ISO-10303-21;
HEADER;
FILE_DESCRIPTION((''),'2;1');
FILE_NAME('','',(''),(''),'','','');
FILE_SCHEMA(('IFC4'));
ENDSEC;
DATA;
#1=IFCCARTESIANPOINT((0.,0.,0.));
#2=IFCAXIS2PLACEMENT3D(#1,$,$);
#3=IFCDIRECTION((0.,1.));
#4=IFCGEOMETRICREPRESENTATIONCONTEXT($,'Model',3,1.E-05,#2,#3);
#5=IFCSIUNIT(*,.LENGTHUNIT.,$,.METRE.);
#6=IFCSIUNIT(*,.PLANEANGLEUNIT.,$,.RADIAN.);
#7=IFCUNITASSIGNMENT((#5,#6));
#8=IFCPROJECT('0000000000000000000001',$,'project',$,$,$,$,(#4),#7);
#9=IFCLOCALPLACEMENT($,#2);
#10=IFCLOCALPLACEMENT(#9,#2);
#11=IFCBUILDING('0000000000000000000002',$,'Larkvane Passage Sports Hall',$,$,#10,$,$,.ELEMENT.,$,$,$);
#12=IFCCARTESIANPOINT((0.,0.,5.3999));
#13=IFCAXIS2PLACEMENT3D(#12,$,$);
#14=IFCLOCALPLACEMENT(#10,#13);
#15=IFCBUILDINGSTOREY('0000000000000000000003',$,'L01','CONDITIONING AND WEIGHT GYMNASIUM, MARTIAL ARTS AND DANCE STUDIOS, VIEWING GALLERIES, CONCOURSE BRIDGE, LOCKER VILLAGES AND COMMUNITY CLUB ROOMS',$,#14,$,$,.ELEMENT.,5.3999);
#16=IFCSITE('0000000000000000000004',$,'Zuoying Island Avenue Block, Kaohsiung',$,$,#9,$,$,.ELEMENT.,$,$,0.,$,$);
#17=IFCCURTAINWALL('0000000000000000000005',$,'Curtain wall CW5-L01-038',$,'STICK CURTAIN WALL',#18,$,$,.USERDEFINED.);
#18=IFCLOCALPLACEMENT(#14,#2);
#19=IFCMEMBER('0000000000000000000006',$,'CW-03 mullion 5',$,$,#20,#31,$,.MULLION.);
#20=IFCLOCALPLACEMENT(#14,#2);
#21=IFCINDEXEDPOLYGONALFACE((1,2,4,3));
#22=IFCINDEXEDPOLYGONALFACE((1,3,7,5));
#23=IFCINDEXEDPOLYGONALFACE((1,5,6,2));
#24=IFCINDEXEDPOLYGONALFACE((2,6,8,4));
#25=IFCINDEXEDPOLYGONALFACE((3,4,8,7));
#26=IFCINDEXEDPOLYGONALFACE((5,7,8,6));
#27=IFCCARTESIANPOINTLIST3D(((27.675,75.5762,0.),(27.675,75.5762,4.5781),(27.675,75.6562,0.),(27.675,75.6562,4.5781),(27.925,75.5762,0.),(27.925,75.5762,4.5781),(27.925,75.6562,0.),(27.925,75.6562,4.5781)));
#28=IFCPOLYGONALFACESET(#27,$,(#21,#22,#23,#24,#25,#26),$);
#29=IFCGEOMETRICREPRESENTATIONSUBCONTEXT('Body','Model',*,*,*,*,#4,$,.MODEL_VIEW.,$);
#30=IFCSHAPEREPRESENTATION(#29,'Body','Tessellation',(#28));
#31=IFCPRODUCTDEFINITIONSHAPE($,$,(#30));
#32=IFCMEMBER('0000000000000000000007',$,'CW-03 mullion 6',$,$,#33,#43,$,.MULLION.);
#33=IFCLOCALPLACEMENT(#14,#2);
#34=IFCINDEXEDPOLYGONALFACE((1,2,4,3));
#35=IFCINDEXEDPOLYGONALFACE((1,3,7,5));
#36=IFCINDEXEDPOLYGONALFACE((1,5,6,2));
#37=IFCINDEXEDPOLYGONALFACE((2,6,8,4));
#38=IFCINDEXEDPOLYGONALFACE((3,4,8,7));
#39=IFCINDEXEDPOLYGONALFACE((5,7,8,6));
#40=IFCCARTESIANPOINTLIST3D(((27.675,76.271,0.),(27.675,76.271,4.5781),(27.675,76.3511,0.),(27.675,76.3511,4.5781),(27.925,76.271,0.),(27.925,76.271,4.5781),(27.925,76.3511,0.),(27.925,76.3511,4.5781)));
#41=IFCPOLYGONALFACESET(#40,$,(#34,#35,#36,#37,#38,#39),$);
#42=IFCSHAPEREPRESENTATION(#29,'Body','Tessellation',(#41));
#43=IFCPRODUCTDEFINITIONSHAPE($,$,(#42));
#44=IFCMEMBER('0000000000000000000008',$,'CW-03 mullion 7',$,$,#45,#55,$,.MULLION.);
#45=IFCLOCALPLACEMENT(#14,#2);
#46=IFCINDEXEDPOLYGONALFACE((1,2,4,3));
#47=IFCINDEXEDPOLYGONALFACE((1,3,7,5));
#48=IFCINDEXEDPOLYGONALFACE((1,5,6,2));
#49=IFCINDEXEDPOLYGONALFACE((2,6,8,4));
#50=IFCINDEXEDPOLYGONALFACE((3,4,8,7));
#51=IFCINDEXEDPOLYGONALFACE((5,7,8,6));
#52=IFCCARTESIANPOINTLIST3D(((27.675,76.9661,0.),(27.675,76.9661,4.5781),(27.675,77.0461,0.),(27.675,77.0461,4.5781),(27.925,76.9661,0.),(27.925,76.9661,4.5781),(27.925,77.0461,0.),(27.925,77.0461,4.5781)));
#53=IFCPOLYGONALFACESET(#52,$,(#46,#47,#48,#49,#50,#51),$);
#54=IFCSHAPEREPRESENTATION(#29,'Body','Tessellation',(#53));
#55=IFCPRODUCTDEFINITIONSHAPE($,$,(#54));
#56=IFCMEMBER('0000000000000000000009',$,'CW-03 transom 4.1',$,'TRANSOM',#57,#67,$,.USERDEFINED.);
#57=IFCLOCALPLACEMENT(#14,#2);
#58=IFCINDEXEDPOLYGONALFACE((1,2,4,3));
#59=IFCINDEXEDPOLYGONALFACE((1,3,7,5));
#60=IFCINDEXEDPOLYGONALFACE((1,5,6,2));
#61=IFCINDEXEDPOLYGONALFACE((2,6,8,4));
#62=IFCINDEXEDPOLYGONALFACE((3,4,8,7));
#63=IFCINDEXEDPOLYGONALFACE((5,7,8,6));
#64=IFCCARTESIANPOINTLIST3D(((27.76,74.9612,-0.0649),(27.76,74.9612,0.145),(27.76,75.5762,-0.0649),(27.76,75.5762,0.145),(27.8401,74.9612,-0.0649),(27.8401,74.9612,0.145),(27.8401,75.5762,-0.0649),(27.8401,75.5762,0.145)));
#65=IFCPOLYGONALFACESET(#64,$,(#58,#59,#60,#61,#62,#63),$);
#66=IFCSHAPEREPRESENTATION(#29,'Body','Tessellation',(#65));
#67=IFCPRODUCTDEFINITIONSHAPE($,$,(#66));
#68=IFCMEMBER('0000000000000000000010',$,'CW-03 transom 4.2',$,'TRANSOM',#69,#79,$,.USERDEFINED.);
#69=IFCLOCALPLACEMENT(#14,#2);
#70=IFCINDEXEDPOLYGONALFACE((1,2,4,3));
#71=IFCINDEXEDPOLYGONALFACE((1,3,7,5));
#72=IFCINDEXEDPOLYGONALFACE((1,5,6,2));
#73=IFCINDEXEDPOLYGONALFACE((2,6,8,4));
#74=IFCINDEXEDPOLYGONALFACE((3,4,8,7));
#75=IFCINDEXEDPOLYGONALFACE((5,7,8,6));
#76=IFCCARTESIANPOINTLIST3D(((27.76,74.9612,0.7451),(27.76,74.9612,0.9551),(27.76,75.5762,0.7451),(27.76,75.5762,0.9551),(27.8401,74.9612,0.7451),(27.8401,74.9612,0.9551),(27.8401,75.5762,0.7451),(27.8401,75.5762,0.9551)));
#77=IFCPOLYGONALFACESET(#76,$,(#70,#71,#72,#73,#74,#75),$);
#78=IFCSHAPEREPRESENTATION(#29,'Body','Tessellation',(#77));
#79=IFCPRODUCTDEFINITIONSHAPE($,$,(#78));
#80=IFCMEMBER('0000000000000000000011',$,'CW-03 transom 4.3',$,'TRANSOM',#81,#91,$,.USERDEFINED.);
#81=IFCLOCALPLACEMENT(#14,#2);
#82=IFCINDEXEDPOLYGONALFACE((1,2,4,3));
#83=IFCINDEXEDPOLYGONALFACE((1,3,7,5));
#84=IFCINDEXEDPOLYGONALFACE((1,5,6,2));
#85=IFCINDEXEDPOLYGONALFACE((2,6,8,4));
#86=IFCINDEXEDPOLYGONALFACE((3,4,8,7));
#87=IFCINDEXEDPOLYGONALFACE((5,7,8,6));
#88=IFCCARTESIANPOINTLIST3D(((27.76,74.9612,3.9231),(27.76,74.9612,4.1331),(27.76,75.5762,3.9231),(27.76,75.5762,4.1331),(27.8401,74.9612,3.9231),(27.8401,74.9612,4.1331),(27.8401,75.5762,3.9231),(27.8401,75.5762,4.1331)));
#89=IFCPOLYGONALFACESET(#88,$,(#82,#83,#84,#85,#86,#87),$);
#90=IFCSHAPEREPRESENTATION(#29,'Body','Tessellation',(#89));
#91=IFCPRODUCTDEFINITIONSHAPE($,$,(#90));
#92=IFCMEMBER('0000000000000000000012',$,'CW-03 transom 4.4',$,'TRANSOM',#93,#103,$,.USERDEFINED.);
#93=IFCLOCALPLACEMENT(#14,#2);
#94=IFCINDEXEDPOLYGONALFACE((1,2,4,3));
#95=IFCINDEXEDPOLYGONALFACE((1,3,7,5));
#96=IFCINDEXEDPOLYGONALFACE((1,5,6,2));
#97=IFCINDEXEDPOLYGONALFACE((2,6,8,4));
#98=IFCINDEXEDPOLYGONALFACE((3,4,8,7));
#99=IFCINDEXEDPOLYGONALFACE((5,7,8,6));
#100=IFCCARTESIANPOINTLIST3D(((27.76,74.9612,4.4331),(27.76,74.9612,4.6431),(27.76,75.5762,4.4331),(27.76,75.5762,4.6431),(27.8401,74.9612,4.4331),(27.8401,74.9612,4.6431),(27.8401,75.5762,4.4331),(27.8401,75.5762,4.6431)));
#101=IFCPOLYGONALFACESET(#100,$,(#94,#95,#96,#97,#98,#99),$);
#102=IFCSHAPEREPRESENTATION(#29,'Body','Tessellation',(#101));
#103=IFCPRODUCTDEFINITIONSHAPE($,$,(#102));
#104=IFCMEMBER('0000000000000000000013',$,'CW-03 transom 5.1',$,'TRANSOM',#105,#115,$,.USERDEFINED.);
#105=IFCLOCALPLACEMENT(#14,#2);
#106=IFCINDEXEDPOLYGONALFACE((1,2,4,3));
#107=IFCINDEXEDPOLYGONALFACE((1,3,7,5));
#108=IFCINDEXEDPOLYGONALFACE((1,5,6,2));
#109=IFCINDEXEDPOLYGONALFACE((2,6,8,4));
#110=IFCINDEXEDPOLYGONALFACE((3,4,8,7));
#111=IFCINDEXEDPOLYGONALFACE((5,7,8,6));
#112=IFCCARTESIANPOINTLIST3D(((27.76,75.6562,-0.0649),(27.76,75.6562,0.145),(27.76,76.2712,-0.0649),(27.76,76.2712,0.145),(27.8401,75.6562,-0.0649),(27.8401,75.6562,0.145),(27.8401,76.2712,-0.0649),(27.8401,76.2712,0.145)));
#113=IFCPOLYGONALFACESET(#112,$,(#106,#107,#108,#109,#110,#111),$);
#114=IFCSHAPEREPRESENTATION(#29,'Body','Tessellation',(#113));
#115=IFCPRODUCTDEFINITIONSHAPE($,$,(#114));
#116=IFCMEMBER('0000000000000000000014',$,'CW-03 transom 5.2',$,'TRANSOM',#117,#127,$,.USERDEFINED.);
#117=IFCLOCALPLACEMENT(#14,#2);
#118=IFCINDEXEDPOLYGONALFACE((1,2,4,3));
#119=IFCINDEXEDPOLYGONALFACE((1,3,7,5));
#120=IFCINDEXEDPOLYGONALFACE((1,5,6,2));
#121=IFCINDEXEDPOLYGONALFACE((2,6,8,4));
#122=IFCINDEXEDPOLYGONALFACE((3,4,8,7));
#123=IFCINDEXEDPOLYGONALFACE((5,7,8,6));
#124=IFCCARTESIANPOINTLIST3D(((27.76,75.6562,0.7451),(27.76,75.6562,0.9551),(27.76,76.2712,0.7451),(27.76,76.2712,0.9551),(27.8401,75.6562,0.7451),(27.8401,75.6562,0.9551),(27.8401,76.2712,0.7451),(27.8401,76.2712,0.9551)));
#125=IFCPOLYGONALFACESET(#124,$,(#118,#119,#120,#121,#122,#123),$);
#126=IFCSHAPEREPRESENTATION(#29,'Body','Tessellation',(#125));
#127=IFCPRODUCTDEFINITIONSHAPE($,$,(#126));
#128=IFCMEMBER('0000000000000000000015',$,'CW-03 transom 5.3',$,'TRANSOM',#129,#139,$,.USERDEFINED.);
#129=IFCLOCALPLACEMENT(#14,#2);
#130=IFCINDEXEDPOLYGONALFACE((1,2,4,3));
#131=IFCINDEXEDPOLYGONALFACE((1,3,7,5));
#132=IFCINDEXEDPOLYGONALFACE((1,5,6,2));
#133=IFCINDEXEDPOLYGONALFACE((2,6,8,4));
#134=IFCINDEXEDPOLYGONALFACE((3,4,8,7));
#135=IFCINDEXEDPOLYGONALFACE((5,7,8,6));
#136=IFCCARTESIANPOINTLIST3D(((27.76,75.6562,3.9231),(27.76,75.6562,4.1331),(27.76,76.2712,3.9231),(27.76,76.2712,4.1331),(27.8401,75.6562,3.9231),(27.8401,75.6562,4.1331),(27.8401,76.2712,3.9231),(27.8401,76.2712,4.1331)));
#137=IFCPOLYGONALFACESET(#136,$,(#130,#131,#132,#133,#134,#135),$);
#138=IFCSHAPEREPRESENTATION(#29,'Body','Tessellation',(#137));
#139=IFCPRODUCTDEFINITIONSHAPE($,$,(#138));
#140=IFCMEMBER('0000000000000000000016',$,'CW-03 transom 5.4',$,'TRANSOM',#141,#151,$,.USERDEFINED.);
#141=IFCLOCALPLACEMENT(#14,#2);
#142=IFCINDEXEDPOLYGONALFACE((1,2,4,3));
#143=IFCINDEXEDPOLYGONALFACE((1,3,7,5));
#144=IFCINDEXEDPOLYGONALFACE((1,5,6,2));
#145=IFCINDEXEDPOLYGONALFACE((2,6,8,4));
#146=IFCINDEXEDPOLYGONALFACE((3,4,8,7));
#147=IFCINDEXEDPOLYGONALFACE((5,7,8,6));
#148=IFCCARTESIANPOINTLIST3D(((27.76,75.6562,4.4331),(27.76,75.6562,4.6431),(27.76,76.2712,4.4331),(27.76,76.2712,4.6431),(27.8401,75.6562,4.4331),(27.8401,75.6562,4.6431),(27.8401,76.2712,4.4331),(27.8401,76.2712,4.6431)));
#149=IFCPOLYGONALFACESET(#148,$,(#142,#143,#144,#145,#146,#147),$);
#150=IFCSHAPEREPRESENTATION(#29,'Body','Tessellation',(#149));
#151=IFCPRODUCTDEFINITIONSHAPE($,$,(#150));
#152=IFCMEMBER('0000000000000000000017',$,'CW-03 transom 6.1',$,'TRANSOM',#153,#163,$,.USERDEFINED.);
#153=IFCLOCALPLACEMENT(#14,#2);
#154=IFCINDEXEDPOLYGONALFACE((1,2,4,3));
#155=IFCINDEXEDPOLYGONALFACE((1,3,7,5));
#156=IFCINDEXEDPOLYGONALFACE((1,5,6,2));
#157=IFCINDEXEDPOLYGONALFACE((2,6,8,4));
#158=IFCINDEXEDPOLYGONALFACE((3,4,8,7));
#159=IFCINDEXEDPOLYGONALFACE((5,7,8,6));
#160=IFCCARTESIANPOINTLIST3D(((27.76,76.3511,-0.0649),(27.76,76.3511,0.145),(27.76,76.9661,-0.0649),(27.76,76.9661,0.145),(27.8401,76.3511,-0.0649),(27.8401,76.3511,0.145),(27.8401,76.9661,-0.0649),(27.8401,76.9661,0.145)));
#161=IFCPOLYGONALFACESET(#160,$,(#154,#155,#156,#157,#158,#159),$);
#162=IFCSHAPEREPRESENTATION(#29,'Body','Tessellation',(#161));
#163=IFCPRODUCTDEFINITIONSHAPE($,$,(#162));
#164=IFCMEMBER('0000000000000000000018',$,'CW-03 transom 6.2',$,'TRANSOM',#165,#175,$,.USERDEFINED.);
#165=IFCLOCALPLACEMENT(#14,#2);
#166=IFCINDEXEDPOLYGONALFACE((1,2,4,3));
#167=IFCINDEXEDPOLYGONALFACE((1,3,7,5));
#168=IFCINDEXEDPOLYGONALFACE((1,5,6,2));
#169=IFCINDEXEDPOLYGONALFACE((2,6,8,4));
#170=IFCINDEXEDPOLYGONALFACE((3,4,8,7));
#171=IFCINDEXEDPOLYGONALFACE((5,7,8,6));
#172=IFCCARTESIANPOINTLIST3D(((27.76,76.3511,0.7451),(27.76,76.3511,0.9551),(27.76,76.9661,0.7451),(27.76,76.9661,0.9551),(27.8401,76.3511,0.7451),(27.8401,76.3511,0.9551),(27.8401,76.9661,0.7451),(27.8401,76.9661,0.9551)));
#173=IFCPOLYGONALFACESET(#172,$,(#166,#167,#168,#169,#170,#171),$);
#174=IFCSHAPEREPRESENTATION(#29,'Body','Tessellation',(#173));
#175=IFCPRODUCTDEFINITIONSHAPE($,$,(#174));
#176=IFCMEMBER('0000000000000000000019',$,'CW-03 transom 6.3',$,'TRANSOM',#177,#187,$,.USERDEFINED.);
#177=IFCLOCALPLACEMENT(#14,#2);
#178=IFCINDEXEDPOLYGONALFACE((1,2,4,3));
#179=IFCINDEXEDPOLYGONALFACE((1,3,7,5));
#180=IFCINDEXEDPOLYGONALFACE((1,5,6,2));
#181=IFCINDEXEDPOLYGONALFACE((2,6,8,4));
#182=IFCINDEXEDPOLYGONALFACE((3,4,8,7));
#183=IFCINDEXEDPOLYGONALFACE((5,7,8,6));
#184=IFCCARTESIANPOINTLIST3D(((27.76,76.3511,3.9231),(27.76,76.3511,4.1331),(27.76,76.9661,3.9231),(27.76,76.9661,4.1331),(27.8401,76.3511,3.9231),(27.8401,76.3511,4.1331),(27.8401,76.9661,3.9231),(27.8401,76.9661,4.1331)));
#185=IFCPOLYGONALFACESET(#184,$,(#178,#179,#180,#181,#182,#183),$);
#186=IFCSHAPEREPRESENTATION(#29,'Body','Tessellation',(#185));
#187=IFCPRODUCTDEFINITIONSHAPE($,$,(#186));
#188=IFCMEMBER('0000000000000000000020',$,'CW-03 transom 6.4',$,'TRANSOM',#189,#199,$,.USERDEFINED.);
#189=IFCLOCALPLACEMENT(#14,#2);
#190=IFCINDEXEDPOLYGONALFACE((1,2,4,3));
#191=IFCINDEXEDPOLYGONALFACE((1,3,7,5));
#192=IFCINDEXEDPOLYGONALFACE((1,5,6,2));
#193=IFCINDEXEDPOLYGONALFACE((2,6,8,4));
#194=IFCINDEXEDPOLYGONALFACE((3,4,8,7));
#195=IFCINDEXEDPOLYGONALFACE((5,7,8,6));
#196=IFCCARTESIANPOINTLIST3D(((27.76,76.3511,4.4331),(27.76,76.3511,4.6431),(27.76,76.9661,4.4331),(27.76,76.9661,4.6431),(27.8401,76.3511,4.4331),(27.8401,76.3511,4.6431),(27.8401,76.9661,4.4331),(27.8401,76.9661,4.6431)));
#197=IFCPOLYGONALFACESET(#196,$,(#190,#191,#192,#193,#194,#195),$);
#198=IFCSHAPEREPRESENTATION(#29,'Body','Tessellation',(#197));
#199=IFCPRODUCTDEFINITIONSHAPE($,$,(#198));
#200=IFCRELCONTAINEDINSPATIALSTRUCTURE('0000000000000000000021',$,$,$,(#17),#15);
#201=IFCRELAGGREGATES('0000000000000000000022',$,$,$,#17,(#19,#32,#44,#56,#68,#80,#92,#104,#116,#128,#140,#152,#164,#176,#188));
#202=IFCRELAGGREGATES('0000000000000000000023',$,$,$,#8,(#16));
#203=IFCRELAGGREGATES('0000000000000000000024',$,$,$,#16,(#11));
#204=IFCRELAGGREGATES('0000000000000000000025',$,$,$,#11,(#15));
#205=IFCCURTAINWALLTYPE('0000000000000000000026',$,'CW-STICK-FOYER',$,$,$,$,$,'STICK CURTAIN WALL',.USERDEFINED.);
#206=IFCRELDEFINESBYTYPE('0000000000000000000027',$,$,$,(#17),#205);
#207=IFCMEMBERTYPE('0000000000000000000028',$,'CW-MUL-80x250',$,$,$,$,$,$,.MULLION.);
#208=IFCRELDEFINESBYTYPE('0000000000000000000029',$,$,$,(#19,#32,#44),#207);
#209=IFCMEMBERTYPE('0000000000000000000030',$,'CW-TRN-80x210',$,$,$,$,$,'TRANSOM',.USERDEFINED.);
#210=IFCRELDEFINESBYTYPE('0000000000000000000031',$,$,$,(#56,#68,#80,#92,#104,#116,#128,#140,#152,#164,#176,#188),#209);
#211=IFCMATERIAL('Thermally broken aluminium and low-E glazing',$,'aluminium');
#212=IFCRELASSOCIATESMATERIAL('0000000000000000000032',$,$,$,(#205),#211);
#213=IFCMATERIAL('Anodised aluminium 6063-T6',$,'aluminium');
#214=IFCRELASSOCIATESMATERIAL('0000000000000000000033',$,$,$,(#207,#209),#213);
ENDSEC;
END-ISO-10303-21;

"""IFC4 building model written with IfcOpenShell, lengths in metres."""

from ifc_helpers import new_model, si_unit, direction, frame, origin, origin_2d, place, context, subcontext, project, spatial, rectangle, extrude, material, material_profile, profile_set, type_object, element, aggregate, save


model = new_model("IFC4")

# Units and contexts
model_context = context("Model", 3, precision=1e-05, world=origin(), true_north=direction((0.0, 1.0)))
body_context = subcontext(model_context, "Body", "Model", "MODEL_VIEW")
ifc_project = project(units=[si_unit("LENGTHUNIT", "METRE"), si_unit("PLANEANGLEUNIT", "RADIAN")], contexts=[model_context])

# Site, building, storey
site_placement = place(None, origin())
site = spatial("IfcSite", under=ifc_project, at=site_placement, Name="Zuoying Island Avenue Block, Kaohsiung", CompositionType="ELEMENT", RefElevation=0.0)
building_placement = place(site_placement, origin())
building = spatial("IfcBuilding", under=site, at=building_placement, Name="Larkvane Passage Sports Hall", CompositionType="ELEMENT")
storey_placement = place(building_placement, frame((0.0, 0.0, 5.3999)))
storey = spatial("IfcBuildingStorey", under=building, at=storey_placement, Name="L01", Description="CONDITIONING AND WEIGHT GYMNASIUM, MARTIAL ARTS AND DANCE STUDIOS, VIEWING GALLERIES, CONCOURSE BRIDGE, LOCKER VILLAGES AND COMMUNITY CLUB ROOMS", CompositionType="ELEMENT", Elevation=5.3999)

# Curtain wall, members
ifc_material_1 = material(Name="Thermally broken aluminium and low-E glazing", Category="aluminium")
curtain_wall_type = type_object("IfcCurtainWallType", Name="CW-STICK-FOYER", ElementType="STICK CURTAIN WALL", PredefinedType="USERDEFINED", material=ifc_material_1)
curtain_wall_placement = place(storey_placement, origin())
curtain_wall = element("IfcCurtainWall", 1, at=curtain_wall_placement, inside=storey, type_object=curtain_wall_type, Name="Curtain wall CW5-L01-038", ObjectType="STICK CURTAIN WALL", PredefinedType="USERDEFINED")
ifc_material_2 = material(Name="Anodised aluminium 6063-T6", Category="aluminium")
ifc_material_profile_1 = material_profile(ifc_material_2, rectangle(XDim=0.0801, YDim=0.25, at=origin_2d()), Name="ALU-MUL-80x250")
ifc_profile_set_1 = profile_set([ifc_material_profile_1], Name="Anodised aluminium 6063-T6")
member_type_1 = type_object("IfcMemberType", Name="CW-MUL-80x250", PredefinedType="MULLION", material=ifc_profile_set_1)
member_1_placement = place(storey_placement, frame((27.8, 75.6162, 0.0), z_axis=(0.0, 0.0, 1.0), x_axis=(0.0, 1.0, 0.0)))
member_1 = element("IfcMember", 2, at=member_1_placement, type_object=member_type_1, Name="CW-03 mullion 5", PredefinedType="MULLION", context=body_context, shape_type="SweptSolid", body=[
    extrude(rectangle(XDim=0.0801, YDim=0.25, at=origin_2d()), origin(), (0.0, 0.0, 1.0), 4.5781),
])
member_2_placement = place(storey_placement, frame((27.8, 76.311, 0.0), z_axis=(0.0, 0.0, 1.0), x_axis=(0.0, 1.0, 0.0)))
member_2 = element("IfcMember", 3, at=member_2_placement, type_object=member_type_1, Name="CW-03 mullion 6", PredefinedType="MULLION", context=body_context, shape_type="SweptSolid", body=[
    extrude(rectangle(XDim=0.0801, YDim=0.25, at=origin_2d()), origin(), (0.0, 0.0, 1.0), 4.5781),
])
member_3_placement = place(storey_placement, frame((27.8, 77.0061, 0.0), z_axis=(0.0, 0.0, 1.0), x_axis=(0.0, 1.0, 0.0)))
member_3 = element("IfcMember", 4, at=member_3_placement, type_object=member_type_1, Name="CW-03 mullion 7", PredefinedType="MULLION", context=body_context, shape_type="SweptSolid", body=[
    extrude(rectangle(XDim=0.0801, YDim=0.25, at=origin_2d()), origin(), (0.0, 0.0, 1.0), 4.5781),
])
ifc_material_profile_2 = material_profile(ifc_material_2, rectangle(XDim=0.0801, YDim=0.21, at=origin_2d()), Name="ALU-TRN-80x210")
ifc_profile_set_2 = profile_set([ifc_material_profile_2], Name="Anodised aluminium 6063-T6")
member_type_2 = type_object("IfcMemberType", Name="CW-TRN-80x210", ElementType="TRANSOM", PredefinedType="USERDEFINED", material=ifc_profile_set_2)
member_4_placement = place(storey_placement, frame((27.8, 74.9612, 0.04), z_axis=(0.0, 1.0, 0.0), x_axis=(-1.0, 0.0, 0.0)))
member_4 = element("IfcMember", 5, at=member_4_placement, type_object=member_type_2, Name="CW-03 transom 4.1", ObjectType="TRANSOM", PredefinedType="USERDEFINED", context=body_context, shape_type="SweptSolid", body=[
    extrude(rectangle(XDim=0.0801, YDim=0.21, at=origin_2d()), origin(), (0.0, 0.0, 1.0), 0.615),
])
member_5_placement = place(storey_placement, frame((27.8, 74.9612, 0.8501), z_axis=(0.0, 1.0, 0.0), x_axis=(-1.0, 0.0, 0.0)))
member_5 = element("IfcMember", 6, at=member_5_placement, type_object=member_type_2, Name="CW-03 transom 4.2", ObjectType="TRANSOM", PredefinedType="USERDEFINED", context=body_context, shape_type="SweptSolid", body=[
    extrude(rectangle(XDim=0.0801, YDim=0.21, at=origin_2d()), origin(), (0.0, 0.0, 1.0), 0.615),
])
member_6_placement = place(storey_placement, frame((27.8, 74.9612, 4.0281), z_axis=(0.0, 1.0, 0.0), x_axis=(-1.0, 0.0, 0.0)))
member_6 = element("IfcMember", 7, at=member_6_placement, type_object=member_type_2, Name="CW-03 transom 4.3", ObjectType="TRANSOM", PredefinedType="USERDEFINED", context=body_context, shape_type="SweptSolid", body=[
    extrude(rectangle(XDim=0.0801, YDim=0.21, at=origin_2d()), origin(), (0.0, 0.0, 1.0), 0.615),
])
member_7_placement = place(storey_placement, frame((27.8, 74.9612, 4.5381), z_axis=(0.0, 1.0, 0.0), x_axis=(-1.0, 0.0, 0.0)))
member_7 = element("IfcMember", 8, at=member_7_placement, type_object=member_type_2, Name="CW-03 transom 4.4", ObjectType="TRANSOM", PredefinedType="USERDEFINED", context=body_context, shape_type="SweptSolid", body=[
    extrude(rectangle(XDim=0.0801, YDim=0.21, at=origin_2d()), origin(), (0.0, 0.0, 1.0), 0.615),
])
member_8_placement = place(storey_placement, frame((27.8, 75.6562, 0.04), z_axis=(0.0, 1.0, 0.0), x_axis=(-1.0, 0.0, 0.0)))
member_8 = element("IfcMember", 9, at=member_8_placement, type_object=member_type_2, Name="CW-03 transom 5.1", ObjectType="TRANSOM", PredefinedType="USERDEFINED", context=body_context, shape_type="SweptSolid", body=[
    extrude(rectangle(XDim=0.0801, YDim=0.21, at=origin_2d()), origin(), (0.0, 0.0, 1.0), 0.615),
])
member_9_placement = place(storey_placement, frame((27.8, 75.6562, 0.8501), z_axis=(0.0, 1.0, 0.0), x_axis=(-1.0, 0.0, 0.0)))
member_9 = element("IfcMember", 10, at=member_9_placement, type_object=member_type_2, Name="CW-03 transom 5.2", ObjectType="TRANSOM", PredefinedType="USERDEFINED", context=body_context, shape_type="SweptSolid", body=[
    extrude(rectangle(XDim=0.0801, YDim=0.21, at=origin_2d()), origin(), (0.0, 0.0, 1.0), 0.615),
])
member_10_placement = place(storey_placement, frame((27.8, 75.6562, 4.0281), z_axis=(0.0, 1.0, 0.0), x_axis=(-1.0, 0.0, 0.0)))
member_10 = element("IfcMember", 11, at=member_10_placement, type_object=member_type_2, Name="CW-03 transom 5.3", ObjectType="TRANSOM", PredefinedType="USERDEFINED", context=body_context, shape_type="SweptSolid", body=[
    extrude(rectangle(XDim=0.0801, YDim=0.21, at=origin_2d()), origin(), (0.0, 0.0, 1.0), 0.615),
])
member_11_placement = place(storey_placement, frame((27.8, 75.6562, 4.5381), z_axis=(0.0, 1.0, 0.0), x_axis=(-1.0, 0.0, 0.0)))
member_11 = element("IfcMember", 12, at=member_11_placement, type_object=member_type_2, Name="CW-03 transom 5.4", ObjectType="TRANSOM", PredefinedType="USERDEFINED", context=body_context, shape_type="SweptSolid", body=[
    extrude(rectangle(XDim=0.0801, YDim=0.21, at=origin_2d()), origin(), (0.0, 0.0, 1.0), 0.615),
])
member_12_placement = place(storey_placement, frame((27.8, 76.3511, 0.04), z_axis=(0.0, 1.0, 0.0), x_axis=(-1.0, 0.0, 0.0)))
member_12 = element("IfcMember", 13, at=member_12_placement, type_object=member_type_2, Name="CW-03 transom 6.1", ObjectType="TRANSOM", PredefinedType="USERDEFINED", context=body_context, shape_type="SweptSolid", body=[
    extrude(rectangle(XDim=0.0801, YDim=0.21, at=origin_2d()), origin(), (0.0, 0.0, 1.0), 0.615),
])
member_13_placement = place(storey_placement, frame((27.8, 76.3511, 0.8501), z_axis=(0.0, 1.0, 0.0), x_axis=(-1.0, 0.0, 0.0)))
member_13 = element("IfcMember", 14, at=member_13_placement, type_object=member_type_2, Name="CW-03 transom 6.2", ObjectType="TRANSOM", PredefinedType="USERDEFINED", context=body_context, shape_type="SweptSolid", body=[
    extrude(rectangle(XDim=0.0801, YDim=0.21, at=origin_2d()), origin(), (0.0, 0.0, 1.0), 0.615),
])
member_14_placement = place(storey_placement, frame((27.8, 76.3511, 4.0281), z_axis=(0.0, 1.0, 0.0), x_axis=(-1.0, 0.0, 0.0)))
member_14 = element("IfcMember", 15, at=member_14_placement, type_object=member_type_2, Name="CW-03 transom 6.3", ObjectType="TRANSOM", PredefinedType="USERDEFINED", context=body_context, shape_type="SweptSolid", body=[
    extrude(rectangle(XDim=0.0801, YDim=0.21, at=origin_2d()), origin(), (0.0, 0.0, 1.0), 0.615),
])
member_15_placement = place(storey_placement, frame((27.8, 76.3511, 4.5381), z_axis=(0.0, 1.0, 0.0), x_axis=(-1.0, 0.0, 0.0)))
member_15 = element("IfcMember", 16, at=member_15_placement, type_object=member_type_2, Name="CW-03 transom 6.4", ObjectType="TRANSOM", PredefinedType="USERDEFINED", context=body_context, shape_type="SweptSolid", body=[
    extrude(rectangle(XDim=0.0801, YDim=0.21, at=origin_2d()), origin(), (0.0, 0.0, 1.0), 0.615),
])
aggregate(curtain_wall, [member_1, member_2, member_3, member_4, member_5, member_6, member_7, member_8, member_9, member_10, member_11, member_12, member_13, member_14, member_15])

save(model, "model.ifc")
